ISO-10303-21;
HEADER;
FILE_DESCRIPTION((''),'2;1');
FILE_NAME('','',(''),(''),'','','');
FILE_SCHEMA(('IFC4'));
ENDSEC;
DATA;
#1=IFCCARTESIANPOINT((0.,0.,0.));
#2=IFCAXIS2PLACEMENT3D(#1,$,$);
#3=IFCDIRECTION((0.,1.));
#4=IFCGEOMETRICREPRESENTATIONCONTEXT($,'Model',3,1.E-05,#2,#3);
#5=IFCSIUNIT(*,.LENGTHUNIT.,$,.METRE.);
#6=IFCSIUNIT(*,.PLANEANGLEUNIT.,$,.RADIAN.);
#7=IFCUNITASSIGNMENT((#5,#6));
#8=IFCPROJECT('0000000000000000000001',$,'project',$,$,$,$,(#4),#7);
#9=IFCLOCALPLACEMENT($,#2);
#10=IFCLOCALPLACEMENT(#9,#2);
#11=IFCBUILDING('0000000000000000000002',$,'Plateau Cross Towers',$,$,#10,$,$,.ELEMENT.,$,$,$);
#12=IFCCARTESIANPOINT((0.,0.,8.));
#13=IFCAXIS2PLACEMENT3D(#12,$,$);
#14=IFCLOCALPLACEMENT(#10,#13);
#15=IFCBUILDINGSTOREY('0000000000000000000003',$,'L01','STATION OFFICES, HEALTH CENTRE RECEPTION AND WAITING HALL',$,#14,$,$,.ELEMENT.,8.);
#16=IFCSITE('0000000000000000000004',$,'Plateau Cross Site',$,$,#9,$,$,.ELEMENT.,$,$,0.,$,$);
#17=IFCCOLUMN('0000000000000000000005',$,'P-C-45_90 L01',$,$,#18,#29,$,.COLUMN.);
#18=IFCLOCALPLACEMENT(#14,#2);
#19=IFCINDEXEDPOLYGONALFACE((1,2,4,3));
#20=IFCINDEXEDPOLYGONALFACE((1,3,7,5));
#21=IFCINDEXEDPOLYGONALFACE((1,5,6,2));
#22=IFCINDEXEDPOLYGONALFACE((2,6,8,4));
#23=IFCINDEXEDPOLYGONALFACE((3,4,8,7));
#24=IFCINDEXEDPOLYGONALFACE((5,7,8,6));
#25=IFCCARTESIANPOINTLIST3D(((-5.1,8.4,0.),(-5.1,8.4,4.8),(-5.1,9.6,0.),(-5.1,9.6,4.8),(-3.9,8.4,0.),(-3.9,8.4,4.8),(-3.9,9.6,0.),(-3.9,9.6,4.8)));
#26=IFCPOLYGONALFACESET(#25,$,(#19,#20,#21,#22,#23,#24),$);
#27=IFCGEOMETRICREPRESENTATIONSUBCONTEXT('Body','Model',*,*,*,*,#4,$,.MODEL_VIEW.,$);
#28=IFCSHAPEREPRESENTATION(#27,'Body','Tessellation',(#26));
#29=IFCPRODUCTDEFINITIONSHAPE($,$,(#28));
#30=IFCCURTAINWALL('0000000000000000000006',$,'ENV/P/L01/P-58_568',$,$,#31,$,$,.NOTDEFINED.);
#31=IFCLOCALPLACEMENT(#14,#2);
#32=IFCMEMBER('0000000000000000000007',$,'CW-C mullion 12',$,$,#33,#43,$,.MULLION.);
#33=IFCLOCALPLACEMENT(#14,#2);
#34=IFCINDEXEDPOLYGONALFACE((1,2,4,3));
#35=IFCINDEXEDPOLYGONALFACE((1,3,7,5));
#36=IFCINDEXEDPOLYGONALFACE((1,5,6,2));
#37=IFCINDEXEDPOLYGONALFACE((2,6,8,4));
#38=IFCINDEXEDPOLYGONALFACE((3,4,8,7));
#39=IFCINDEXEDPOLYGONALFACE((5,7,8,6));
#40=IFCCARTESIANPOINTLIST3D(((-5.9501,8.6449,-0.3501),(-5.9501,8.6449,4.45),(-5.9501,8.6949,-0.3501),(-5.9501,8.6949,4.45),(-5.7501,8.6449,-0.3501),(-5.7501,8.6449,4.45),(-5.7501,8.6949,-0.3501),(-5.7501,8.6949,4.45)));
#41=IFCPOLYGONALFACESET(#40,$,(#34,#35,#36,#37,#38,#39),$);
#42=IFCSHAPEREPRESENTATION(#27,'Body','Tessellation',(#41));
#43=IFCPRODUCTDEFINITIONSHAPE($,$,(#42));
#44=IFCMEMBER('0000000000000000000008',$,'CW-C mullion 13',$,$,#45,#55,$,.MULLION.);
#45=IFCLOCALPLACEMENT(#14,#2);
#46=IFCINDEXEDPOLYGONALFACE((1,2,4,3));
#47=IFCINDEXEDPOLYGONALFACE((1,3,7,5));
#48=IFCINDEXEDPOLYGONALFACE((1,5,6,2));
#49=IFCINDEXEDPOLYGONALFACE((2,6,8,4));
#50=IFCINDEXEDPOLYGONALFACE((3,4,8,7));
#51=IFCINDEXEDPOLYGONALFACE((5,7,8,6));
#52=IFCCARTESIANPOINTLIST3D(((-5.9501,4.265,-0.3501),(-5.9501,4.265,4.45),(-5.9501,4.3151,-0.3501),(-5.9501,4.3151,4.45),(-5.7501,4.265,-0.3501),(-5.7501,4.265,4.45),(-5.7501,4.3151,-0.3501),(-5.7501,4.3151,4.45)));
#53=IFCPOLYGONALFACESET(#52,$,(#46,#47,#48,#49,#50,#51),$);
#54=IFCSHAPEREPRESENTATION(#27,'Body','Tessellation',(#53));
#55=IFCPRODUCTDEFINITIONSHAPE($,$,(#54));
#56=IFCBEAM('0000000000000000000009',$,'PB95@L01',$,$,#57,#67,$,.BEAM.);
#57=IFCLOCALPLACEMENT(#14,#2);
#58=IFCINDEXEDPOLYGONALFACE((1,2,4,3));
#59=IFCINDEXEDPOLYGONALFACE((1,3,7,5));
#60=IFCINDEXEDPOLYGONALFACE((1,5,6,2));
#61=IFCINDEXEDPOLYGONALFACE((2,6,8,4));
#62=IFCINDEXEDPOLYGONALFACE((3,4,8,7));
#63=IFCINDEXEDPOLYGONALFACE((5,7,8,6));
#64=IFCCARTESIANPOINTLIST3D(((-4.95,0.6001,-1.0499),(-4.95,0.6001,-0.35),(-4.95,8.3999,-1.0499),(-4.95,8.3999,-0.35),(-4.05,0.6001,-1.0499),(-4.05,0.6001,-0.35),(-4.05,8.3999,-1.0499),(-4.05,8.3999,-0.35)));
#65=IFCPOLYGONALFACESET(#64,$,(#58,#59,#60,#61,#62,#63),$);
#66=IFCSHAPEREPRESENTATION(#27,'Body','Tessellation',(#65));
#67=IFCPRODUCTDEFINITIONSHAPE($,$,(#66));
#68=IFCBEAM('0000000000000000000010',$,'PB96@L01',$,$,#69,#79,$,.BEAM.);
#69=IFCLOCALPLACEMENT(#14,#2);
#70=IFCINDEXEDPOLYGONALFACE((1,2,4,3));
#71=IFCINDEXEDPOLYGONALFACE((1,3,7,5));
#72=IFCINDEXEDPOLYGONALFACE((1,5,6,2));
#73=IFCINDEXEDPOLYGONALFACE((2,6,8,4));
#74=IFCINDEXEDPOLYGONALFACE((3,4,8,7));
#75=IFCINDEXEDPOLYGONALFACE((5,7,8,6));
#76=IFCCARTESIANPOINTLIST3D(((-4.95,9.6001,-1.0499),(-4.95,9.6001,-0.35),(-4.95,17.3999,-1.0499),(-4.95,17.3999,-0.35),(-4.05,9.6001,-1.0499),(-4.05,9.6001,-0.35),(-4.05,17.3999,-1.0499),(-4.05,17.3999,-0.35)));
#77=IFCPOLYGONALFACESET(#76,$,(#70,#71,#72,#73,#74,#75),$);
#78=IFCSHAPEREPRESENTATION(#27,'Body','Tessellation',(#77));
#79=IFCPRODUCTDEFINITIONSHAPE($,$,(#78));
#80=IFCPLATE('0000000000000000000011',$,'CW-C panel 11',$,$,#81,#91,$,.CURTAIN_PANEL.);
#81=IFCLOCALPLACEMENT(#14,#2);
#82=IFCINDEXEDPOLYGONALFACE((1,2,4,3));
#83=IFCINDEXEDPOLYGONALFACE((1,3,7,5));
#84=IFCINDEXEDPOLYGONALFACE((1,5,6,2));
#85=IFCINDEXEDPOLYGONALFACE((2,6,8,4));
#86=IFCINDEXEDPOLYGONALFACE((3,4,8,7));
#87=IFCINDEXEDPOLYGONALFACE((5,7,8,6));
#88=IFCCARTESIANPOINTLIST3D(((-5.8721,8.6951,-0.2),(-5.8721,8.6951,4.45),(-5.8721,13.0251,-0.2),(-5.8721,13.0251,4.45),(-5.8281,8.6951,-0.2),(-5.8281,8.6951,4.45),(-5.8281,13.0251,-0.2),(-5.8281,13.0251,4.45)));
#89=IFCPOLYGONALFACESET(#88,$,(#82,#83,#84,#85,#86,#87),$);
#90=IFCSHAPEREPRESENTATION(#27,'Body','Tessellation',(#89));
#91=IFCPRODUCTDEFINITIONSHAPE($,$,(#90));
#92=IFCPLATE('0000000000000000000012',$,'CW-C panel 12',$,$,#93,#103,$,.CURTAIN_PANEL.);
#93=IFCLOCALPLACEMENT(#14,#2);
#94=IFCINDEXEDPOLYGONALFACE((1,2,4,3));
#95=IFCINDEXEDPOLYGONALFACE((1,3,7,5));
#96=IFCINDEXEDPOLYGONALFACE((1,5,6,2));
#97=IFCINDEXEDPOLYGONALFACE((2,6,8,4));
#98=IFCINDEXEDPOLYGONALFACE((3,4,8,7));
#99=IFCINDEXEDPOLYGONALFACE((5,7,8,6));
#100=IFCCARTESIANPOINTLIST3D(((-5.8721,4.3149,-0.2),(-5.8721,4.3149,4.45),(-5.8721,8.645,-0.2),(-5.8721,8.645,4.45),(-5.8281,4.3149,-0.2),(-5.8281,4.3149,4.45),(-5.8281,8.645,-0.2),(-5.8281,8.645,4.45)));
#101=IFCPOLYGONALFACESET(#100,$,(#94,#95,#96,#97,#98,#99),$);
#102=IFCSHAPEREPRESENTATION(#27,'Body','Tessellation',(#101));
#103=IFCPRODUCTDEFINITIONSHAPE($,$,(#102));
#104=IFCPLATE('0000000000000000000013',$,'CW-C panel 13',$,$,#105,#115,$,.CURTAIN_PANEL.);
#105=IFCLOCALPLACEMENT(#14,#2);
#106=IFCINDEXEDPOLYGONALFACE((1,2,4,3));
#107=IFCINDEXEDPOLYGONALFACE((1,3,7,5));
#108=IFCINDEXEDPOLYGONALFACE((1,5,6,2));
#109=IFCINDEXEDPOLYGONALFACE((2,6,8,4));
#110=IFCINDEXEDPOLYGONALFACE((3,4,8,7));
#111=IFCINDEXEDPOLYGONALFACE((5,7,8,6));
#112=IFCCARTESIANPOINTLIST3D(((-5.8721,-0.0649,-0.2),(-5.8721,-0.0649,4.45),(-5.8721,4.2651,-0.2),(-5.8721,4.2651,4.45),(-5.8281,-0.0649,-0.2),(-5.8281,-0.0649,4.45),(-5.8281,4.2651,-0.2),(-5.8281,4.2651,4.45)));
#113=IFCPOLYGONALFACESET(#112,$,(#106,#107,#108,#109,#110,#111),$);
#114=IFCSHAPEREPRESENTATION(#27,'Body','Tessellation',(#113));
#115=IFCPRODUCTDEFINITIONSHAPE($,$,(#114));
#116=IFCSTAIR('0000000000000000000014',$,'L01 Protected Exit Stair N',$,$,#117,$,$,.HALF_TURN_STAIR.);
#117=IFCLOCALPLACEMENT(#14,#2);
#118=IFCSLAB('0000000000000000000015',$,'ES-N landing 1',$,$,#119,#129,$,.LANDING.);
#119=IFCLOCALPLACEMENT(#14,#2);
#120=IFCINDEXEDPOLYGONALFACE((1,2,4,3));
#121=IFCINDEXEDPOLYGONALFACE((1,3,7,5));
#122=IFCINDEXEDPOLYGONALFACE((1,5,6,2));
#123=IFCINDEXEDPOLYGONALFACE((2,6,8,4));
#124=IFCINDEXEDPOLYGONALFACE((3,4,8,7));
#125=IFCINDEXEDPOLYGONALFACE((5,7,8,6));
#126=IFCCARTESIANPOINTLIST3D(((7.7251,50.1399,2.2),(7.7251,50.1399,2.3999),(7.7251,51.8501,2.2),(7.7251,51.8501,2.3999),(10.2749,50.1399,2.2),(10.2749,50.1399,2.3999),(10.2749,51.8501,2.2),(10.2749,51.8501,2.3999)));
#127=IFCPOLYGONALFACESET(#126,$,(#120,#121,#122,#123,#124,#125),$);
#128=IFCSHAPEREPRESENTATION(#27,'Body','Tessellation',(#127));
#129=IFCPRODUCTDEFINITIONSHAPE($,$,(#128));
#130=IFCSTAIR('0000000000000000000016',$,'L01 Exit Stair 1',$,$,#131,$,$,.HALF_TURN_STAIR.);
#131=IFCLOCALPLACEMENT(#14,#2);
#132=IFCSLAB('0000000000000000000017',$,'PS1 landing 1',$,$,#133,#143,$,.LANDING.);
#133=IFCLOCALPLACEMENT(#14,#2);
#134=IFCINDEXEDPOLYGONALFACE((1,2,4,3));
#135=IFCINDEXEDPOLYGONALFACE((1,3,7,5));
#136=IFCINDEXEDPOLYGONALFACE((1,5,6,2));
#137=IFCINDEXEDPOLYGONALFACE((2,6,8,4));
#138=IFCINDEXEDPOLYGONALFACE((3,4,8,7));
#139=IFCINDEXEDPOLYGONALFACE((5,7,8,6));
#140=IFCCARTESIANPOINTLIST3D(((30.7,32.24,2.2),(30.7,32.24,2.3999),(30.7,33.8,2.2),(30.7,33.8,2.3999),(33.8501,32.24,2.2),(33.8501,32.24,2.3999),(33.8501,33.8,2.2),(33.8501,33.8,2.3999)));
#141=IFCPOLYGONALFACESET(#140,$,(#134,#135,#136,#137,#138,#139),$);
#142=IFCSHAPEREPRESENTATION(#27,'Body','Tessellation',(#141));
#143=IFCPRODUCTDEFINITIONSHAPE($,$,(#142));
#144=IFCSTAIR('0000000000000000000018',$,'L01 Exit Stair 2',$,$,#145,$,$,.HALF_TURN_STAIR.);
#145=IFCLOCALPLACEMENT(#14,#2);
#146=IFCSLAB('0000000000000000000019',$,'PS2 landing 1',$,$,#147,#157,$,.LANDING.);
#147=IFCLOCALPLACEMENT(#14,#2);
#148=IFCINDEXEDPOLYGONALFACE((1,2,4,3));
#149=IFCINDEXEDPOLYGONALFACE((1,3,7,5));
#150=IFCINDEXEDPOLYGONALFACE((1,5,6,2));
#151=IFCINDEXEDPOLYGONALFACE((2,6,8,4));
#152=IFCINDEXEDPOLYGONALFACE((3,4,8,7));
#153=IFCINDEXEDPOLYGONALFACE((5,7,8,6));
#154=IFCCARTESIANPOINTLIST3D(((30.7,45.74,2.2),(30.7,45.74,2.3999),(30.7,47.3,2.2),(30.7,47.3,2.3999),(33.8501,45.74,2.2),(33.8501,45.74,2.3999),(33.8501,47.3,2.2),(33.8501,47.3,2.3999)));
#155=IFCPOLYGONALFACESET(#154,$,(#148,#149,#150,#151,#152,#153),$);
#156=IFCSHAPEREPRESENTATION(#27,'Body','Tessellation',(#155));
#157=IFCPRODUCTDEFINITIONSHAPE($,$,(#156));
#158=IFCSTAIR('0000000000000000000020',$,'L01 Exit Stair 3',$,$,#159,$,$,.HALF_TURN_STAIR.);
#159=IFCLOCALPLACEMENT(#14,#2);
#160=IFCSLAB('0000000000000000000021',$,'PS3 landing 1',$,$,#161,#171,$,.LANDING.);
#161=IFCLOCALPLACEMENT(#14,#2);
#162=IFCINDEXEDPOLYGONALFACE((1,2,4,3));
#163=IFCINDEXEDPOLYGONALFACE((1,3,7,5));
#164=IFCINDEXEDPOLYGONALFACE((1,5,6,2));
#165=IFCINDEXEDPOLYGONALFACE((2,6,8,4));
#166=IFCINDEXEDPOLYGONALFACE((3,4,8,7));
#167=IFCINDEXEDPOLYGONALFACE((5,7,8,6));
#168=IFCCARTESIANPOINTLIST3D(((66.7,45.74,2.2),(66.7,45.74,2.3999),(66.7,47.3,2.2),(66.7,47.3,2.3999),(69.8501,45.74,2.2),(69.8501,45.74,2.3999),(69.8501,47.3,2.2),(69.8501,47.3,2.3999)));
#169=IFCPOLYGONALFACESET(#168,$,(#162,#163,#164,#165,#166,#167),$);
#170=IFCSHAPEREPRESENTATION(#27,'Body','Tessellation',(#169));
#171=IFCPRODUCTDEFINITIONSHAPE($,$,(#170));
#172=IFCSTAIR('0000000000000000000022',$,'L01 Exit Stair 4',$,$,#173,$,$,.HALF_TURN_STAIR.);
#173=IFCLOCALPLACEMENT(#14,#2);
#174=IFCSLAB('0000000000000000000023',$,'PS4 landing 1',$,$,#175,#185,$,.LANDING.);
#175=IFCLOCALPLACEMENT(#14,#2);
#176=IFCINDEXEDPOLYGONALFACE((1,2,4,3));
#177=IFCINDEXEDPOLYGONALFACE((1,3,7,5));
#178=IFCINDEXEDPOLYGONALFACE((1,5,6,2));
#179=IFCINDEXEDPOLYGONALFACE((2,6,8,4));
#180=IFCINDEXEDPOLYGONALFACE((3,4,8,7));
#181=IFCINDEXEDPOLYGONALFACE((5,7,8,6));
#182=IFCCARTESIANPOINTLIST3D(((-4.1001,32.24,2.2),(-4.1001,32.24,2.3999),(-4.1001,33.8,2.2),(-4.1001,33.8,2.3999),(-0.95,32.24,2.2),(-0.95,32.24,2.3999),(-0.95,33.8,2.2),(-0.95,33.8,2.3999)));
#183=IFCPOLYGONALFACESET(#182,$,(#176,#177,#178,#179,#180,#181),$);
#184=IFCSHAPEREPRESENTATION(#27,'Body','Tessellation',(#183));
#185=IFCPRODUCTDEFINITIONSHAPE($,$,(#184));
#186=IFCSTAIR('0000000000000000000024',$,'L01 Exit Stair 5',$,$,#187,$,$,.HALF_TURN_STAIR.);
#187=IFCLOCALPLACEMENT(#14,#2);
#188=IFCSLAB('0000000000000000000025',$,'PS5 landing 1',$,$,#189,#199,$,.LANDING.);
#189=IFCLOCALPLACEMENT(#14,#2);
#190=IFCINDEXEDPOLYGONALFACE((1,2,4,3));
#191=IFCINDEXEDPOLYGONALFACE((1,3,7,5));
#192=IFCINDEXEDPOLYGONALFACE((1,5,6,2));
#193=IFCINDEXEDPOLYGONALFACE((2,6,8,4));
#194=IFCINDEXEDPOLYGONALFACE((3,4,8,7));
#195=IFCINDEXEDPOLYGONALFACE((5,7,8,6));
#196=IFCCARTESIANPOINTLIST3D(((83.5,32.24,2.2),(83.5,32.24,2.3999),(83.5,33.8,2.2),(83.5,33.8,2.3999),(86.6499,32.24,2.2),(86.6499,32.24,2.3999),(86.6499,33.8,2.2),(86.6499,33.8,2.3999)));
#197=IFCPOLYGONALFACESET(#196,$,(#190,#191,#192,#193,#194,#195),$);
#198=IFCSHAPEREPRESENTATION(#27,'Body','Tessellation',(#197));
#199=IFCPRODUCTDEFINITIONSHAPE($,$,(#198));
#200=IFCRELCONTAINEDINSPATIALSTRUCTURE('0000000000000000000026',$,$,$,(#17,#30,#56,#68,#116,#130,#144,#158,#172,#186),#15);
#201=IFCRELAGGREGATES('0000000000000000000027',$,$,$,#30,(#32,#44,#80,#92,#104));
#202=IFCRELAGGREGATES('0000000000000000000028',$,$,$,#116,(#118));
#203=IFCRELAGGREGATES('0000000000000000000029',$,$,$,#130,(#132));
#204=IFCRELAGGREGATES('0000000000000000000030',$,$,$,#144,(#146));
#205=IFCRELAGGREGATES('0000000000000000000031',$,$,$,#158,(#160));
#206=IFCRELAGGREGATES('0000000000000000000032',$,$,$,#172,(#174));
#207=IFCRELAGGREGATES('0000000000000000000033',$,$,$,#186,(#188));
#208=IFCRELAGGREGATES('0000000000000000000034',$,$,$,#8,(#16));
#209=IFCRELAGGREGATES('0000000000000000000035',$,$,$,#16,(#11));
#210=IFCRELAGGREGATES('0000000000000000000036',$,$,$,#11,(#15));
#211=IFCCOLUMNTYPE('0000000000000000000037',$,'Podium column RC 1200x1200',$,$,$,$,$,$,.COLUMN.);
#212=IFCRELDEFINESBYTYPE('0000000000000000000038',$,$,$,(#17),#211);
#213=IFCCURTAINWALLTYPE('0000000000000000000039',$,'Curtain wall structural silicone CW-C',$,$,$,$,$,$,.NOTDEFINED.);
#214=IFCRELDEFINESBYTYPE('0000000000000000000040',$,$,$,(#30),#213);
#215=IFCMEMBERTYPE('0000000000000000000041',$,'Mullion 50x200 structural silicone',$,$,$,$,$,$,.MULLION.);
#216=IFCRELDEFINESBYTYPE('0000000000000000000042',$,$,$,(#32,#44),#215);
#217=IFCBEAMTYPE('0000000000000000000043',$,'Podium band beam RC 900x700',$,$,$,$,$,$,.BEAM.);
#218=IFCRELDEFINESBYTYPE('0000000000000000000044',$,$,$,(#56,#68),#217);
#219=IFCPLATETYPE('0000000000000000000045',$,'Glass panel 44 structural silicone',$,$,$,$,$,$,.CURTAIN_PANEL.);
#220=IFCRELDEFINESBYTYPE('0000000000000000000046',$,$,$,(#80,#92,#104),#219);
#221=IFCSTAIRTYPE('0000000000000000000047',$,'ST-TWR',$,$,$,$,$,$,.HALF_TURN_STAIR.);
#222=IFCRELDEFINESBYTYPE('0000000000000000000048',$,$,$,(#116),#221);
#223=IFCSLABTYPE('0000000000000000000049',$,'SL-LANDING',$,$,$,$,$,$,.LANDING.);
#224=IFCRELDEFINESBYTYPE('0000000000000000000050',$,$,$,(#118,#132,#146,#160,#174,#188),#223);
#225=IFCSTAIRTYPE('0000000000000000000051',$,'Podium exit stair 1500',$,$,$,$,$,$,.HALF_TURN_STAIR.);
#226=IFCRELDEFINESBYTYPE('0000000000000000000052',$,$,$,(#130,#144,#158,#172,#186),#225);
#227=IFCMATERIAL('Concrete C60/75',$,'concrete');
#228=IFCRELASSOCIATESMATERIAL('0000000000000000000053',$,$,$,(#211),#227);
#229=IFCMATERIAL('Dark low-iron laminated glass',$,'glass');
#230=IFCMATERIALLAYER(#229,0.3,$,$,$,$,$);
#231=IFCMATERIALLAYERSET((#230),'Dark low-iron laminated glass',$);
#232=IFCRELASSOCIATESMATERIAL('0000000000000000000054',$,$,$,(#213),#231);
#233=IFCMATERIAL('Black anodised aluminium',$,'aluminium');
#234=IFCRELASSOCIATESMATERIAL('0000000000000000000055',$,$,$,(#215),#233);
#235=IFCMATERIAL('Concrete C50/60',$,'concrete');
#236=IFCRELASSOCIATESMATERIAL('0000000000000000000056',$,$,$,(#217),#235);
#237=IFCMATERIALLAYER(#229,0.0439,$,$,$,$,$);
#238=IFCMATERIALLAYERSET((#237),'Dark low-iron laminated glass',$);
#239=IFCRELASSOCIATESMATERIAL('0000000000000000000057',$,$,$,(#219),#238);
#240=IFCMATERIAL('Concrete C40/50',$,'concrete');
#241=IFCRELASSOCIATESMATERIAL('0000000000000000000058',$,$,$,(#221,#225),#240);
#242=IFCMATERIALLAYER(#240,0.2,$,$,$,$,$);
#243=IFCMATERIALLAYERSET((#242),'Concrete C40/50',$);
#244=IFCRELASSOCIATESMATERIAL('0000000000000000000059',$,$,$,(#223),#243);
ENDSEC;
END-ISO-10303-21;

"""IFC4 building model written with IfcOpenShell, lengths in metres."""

from ifc_helpers import new_model, si_unit, direction, frame, origin, origin_2d, place, context, subcontext, project, spatial, polyline, rectangle, outline, extrude, material, layer, layer_set, material_profile, profile_set, type_object, element, aggregate, save


model = new_model("IFC4")

# Units and contexts
model_context = context("Model", 3, precision=1e-05, world=origin(), true_north=direction((0.0, 1.0)))
body_context = subcontext(model_context, "Body", "Model", "MODEL_VIEW")
ifc_project = project(units=[si_unit("LENGTHUNIT", "METRE"), si_unit("PLANEANGLEUNIT", "RADIAN")], contexts=[model_context])

# Site, building, storey
site_placement = place(None, origin())
site = spatial("IfcSite", under=ifc_project, at=site_placement, Name="Plateau Cross Site", CompositionType="ELEMENT", RefElevation=0.0)
building_placement = place(site_placement, origin())
building = spatial("IfcBuilding", under=site, at=building_placement, Name="Plateau Cross Towers", CompositionType="ELEMENT")
storey_placement = place(building_placement, frame((0.0, 0.0, 8.0)))
storey = spatial("IfcBuildingStorey", under=building, at=storey_placement, Name="L01", Description="STATION OFFICES, HEALTH CENTRE RECEPTION AND WAITING HALL", CompositionType="ELEMENT", Elevation=8.0)

# Column
ifc_material_1 = material(Name="Concrete C60/75", Category="concrete")
ifc_material_profile_1 = material_profile(ifc_material_1, rectangle(XDim=1.2, YDim=1.2, at=origin_2d()), Name="RC 1200x1200")
ifc_profile_set_1 = profile_set([ifc_material_profile_1], Name="Concrete C60/75")
column_type = type_object("IfcColumnType", Name="Podium column RC 1200x1200", PredefinedType="COLUMN", material=ifc_profile_set_1)
column_placement = place(storey_placement, frame((-4.5, 9.0, 0.0), z_axis=(0.0, 0.0, 1.0), x_axis=(1.0, 0.0, 0.0)))
element("IfcColumn", 1, at=column_placement, inside=storey, type_object=column_type, Name="P-C-45_90 L01", PredefinedType="COLUMN", context=body_context, shape_type="SweptSolid", body=[
    extrude(rectangle(XDim=1.2, YDim=1.2, at=origin_2d()), origin(), (0.0, 0.0, 1.0), 4.8),
])

# Curtain wall, members
ifc_material_2 = material(Name="Dark low-iron laminated glass", Category="glass")
ifc_layer_1 = layer(ifc_material_2, 0.3)
ifc_layer_set_1 = layer_set([ifc_layer_1], Name="Dark low-iron laminated glass")
curtain_wall_type = type_object("IfcCurtainWallType", Name="Curtain wall structural silicone CW-C", PredefinedType="NOTDEFINED", material=ifc_layer_set_1)
curtain_wall_placement = place(storey_placement, origin())
curtain_wall = element("IfcCurtainWall", 2, at=curtain_wall_placement, inside=storey, type_object=curtain_wall_type, Name="ENV/P/L01/P-58_568", PredefinedType="NOTDEFINED")
ifc_material_3 = material(Name="Black anodised aluminium", Category="aluminium")
ifc_material_profile_2 = material_profile(ifc_material_3, rectangle(XDim=0.05, YDim=0.2, at=origin_2d()), Name="MULLION 50x200")
ifc_profile_set_2 = profile_set([ifc_material_profile_2], Name="Black anodised aluminium")
member_type = type_object("IfcMemberType", Name="Mullion 50x200 structural silicone", PredefinedType="MULLION", material=ifc_profile_set_2)
member_1_placement = place(storey_placement, frame((-5.8501, 8.6699, -0.3501), z_axis=(0.0, 0.0, 1.0), x_axis=(0.0, -1.0, 0.0)))
member_1 = element("IfcMember", 3, at=member_1_placement, type_object=member_type, Name="CW-C mullion 12", PredefinedType="MULLION", context=body_context, shape_type="SweptSolid", body=[
    extrude(rectangle(XDim=0.05, YDim=0.2, at=origin_2d()), origin(), (0.0, 0.0, 1.0), 4.8),
])
member_2_placement = place(storey_placement, frame((-5.8501, 4.29, -0.3501), z_axis=(0.0, 0.0, 1.0), x_axis=(0.0, -1.0, 0.0)))
member_2 = element("IfcMember", 4, at=member_2_placement, type_object=member_type, Name="CW-C mullion 13", PredefinedType="MULLION", context=body_context, shape_type="SweptSolid", body=[
    extrude(rectangle(XDim=0.05, YDim=0.2, at=origin_2d()), origin(), (0.0, 0.0, 1.0), 4.8),
])

# Beams
ifc_material_4 = material(Name="Concrete C50/60", Category="concrete")
ifc_material_profile_3 = material_profile(ifc_material_4, rectangle(XDim=0.8999, YDim=0.7, at=origin_2d()), Name="RC 900x700")
ifc_profile_set_3 = profile_set([ifc_material_profile_3], Name="Concrete C50/60")
beam_type = type_object("IfcBeamType", Name="Podium band beam RC 900x700", PredefinedType="BEAM", material=ifc_profile_set_3)
for number, where, z_axis, x_axis, name in (
    (5, (-4.5, 0.6001, -0.7), (0.0, 1.0, 0.0), (-1.0, 0.0, 0.0), "PB95@L01"),
    (6, (-4.5, 9.6001, -0.7), (0.0, 1.0, 0.0), (-1.0, 0.0, 0.0), "PB96@L01"),
):
    element("IfcBeam", number, at=place(storey_placement, frame(where, z_axis=z_axis, x_axis=x_axis)), inside=storey, type_object=beam_type, Name=name, PredefinedType="BEAM", context=body_context, shape_type="SweptSolid", body=[
        extrude(rectangle(XDim=0.8999, YDim=0.7, at=origin_2d()), origin(), (0.0, 0.0, 1.0), 7.7998),
    ])

# Plates
ifc_layer_2 = layer(ifc_material_2, 0.0439)
ifc_layer_set_2 = layer_set([ifc_layer_2], Name="Dark low-iron laminated glass")
plate_type = type_object("IfcPlateType", Name="Glass panel 44 structural silicone", PredefinedType="CURTAIN_PANEL", material=ifc_layer_set_2)
plate_1_placement = place(storey_placement, frame((-5.8501, 10.8601, -0.2), z_axis=(0.0, 0.0, 1.0), x_axis=(0.0, -1.0, 0.0)))
plate_1 = element("IfcPlate", 7, at=plate_1_placement, type_object=plate_type, Name="CW-C panel 11", PredefinedType="CURTAIN_PANEL", context=body_context, shape_type="SweptSolid", body=[
    extrude(rectangle(XDim=4.3301, YDim=0.0439, at=origin_2d()), origin(), (0.0, 0.0, 1.0), 4.6499),
])
plate_2_placement = place(storey_placement, frame((-5.8501, 6.48, -0.2), z_axis=(0.0, 0.0, 1.0), x_axis=(0.0, -1.0, 0.0)))
plate_2 = element("IfcPlate", 8, at=plate_2_placement, type_object=plate_type, Name="CW-C panel 12", PredefinedType="CURTAIN_PANEL", context=body_context, shape_type="SweptSolid", body=[
    extrude(rectangle(XDim=4.3301, YDim=0.0439, at=origin_2d()), origin(), (0.0, 0.0, 1.0), 4.6499),
])
plate_3_placement = place(storey_placement, frame((-5.8501, 2.1001, -0.2), z_axis=(0.0, 0.0, 1.0), x_axis=(0.0, -1.0, 0.0)))
plate_3 = element("IfcPlate", 9, at=plate_3_placement, type_object=plate_type, Name="CW-C panel 13", PredefinedType="CURTAIN_PANEL", context=body_context, shape_type="SweptSolid", body=[
    extrude(rectangle(XDim=4.3301, YDim=0.0439, at=origin_2d()), origin(), (0.0, 0.0, 1.0), 4.6499),
])
aggregate(curtain_wall, [member_1, member_2, plate_1, plate_2, plate_3])

# Stairs, slabs
ifc_material_5 = material(Name="Concrete C40/50", Category="concrete")
stair_type_1 = type_object("IfcStairType", Name="ST-TWR", PredefinedType="HALF_TURN_STAIR", material=ifc_material_5)
stair_1_placement = place(storey_placement, origin())
stair_1 = element("IfcStair", 10, at=stair_1_placement, inside=storey, type_object=stair_type_1, Name="L01 Protected Exit Stair N", PredefinedType="HALF_TURN_STAIR")
ifc_layer_3 = layer(ifc_material_5, 0.2)
ifc_layer_set_3 = layer_set([ifc_layer_3], Name="Concrete C40/50")
slab_type = type_object("IfcSlabType", Name="SL-LANDING", PredefinedType="LANDING", material=ifc_layer_set_3)
slab_1_placement = place(storey_placement, frame((0.0, 0.0, 2.2)))
slab_1 = element("IfcSlab", 11, at=slab_1_placement, type_object=slab_type, Name="ES-N landing 1", PredefinedType="LANDING", context=body_context, shape_type="SweptSolid", body=[
    extrude(outline(polyline([(10.2749, 50.1399), (10.2749, 51.8501), (7.7251, 51.8501), (7.7251, 50.1399), (10.2749, 50.1399)])), origin(), (0.0, 0.0, 1.0), 0.2),
])
aggregate(stair_1, [slab_1])
stair_type_2 = type_object("IfcStairType", Name="Podium exit stair 1500", PredefinedType="HALF_TURN_STAIR", material=ifc_material_5)
stair_2_placement = place(storey_placement, origin())
stair_2 = element("IfcStair", 12, at=stair_2_placement, inside=storey, type_object=stair_type_2, Name="L01 Exit Stair 1", PredefinedType="HALF_TURN_STAIR")
slab_2_placement = place(storey_placement, frame((0.0, 0.0, 2.2)))
slab_2 = element("IfcSlab", 13, at=slab_2_placement, type_object=slab_type, Name="PS1 landing 1", PredefinedType="LANDING", context=body_context, shape_type="SweptSolid", body=[
    extrude(outline(polyline([(33.8501, 32.24), (33.8501, 33.8), (30.7, 33.8), (30.7, 32.24), (33.8501, 32.24)])), origin(), (0.0, 0.0, 1.0), 0.2),
])
aggregate(stair_2, [slab_2])
stair_3_placement = place(storey_placement, origin())
stair_3 = element("IfcStair", 14, at=stair_3_placement, inside=storey, type_object=stair_type_2, Name="L01 Exit Stair 2", PredefinedType="HALF_TURN_STAIR")
slab_3_placement = place(storey_placement, frame((0.0, 0.0, 2.2)))
slab_3 = element("IfcSlab", 15, at=slab_3_placement, type_object=slab_type, Name="PS2 landing 1", PredefinedType="LANDING", context=body_context, shape_type="SweptSolid", body=[
    extrude(outline(polyline([(33.8501, 45.74), (33.8501, 47.3), (30.7, 47.3), (30.7, 45.74), (33.8501, 45.74)])), origin(), (0.0, 0.0, 1.0), 0.2),
])
aggregate(stair_3, [slab_3])
stair_4_placement = place(storey_placement, origin())
stair_4 = element("IfcStair", 16, at=stair_4_placement, inside=storey, type_object=stair_type_2, Name="L01 Exit Stair 3", PredefinedType="HALF_TURN_STAIR")
slab_4_placement = place(storey_placement, frame((0.0, 0.0, 2.2)))
slab_4 = element("IfcSlab", 17, at=slab_4_placement, type_object=slab_type, Name="PS3 landing 1", PredefinedType="LANDING", context=body_context, shape_type="SweptSolid", body=[
    extrude(outline(polyline([(69.8501, 45.74), (69.8501, 47.3), (66.7, 47.3), (66.7, 45.74), (69.8501, 45.74)])), origin(), (0.0, 0.0, 1.0), 0.2),
])
aggregate(stair_4, [slab_4])
stair_5_placement = place(storey_placement, origin())
stair_5 = element("IfcStair", 18, at=stair_5_placement, inside=storey, type_object=stair_type_2, Name="L01 Exit Stair 4", PredefinedType="HALF_TURN_STAIR")
slab_5_placement = place(storey_placement, frame((0.0, 0.0, 2.2)))
slab_5 = element("IfcSlab", 19, at=slab_5_placement, type_object=slab_type, Name="PS4 landing 1", PredefinedType="LANDING", context=body_context, shape_type="SweptSolid", body=[
    extrude(outline(polyline([(-0.95, 32.24), (-0.95, 33.8), (-4.1001, 33.8), (-4.1001, 32.24), (-0.95, 32.24)])), origin(), (0.0, 0.0, 1.0), 0.2),
])
aggregate(stair_5, [slab_5])
stair_6_placement = place(storey_placement, origin())
stair_6 = element("IfcStair", 20, at=stair_6_placement, inside=storey, type_object=stair_type_2, Name="L01 Exit Stair 5", PredefinedType="HALF_TURN_STAIR")
slab_6_placement = place(storey_placement, frame((0.0, 0.0, 2.2)))
slab_6 = element("IfcSlab", 21, at=slab_6_placement, type_object=slab_type, Name="PS5 landing 1", PredefinedType="LANDING", context=body_context, shape_type="SweptSolid", body=[
    extrude(outline(polyline([(86.6499, 32.24), (86.6499, 33.8), (83.5, 33.8), (83.5, 32.24), (86.6499, 32.24)])), origin(), (0.0, 0.0, 1.0), 0.2),
])
aggregate(stair_6, [slab_6])

save(model, "model.ifc")
